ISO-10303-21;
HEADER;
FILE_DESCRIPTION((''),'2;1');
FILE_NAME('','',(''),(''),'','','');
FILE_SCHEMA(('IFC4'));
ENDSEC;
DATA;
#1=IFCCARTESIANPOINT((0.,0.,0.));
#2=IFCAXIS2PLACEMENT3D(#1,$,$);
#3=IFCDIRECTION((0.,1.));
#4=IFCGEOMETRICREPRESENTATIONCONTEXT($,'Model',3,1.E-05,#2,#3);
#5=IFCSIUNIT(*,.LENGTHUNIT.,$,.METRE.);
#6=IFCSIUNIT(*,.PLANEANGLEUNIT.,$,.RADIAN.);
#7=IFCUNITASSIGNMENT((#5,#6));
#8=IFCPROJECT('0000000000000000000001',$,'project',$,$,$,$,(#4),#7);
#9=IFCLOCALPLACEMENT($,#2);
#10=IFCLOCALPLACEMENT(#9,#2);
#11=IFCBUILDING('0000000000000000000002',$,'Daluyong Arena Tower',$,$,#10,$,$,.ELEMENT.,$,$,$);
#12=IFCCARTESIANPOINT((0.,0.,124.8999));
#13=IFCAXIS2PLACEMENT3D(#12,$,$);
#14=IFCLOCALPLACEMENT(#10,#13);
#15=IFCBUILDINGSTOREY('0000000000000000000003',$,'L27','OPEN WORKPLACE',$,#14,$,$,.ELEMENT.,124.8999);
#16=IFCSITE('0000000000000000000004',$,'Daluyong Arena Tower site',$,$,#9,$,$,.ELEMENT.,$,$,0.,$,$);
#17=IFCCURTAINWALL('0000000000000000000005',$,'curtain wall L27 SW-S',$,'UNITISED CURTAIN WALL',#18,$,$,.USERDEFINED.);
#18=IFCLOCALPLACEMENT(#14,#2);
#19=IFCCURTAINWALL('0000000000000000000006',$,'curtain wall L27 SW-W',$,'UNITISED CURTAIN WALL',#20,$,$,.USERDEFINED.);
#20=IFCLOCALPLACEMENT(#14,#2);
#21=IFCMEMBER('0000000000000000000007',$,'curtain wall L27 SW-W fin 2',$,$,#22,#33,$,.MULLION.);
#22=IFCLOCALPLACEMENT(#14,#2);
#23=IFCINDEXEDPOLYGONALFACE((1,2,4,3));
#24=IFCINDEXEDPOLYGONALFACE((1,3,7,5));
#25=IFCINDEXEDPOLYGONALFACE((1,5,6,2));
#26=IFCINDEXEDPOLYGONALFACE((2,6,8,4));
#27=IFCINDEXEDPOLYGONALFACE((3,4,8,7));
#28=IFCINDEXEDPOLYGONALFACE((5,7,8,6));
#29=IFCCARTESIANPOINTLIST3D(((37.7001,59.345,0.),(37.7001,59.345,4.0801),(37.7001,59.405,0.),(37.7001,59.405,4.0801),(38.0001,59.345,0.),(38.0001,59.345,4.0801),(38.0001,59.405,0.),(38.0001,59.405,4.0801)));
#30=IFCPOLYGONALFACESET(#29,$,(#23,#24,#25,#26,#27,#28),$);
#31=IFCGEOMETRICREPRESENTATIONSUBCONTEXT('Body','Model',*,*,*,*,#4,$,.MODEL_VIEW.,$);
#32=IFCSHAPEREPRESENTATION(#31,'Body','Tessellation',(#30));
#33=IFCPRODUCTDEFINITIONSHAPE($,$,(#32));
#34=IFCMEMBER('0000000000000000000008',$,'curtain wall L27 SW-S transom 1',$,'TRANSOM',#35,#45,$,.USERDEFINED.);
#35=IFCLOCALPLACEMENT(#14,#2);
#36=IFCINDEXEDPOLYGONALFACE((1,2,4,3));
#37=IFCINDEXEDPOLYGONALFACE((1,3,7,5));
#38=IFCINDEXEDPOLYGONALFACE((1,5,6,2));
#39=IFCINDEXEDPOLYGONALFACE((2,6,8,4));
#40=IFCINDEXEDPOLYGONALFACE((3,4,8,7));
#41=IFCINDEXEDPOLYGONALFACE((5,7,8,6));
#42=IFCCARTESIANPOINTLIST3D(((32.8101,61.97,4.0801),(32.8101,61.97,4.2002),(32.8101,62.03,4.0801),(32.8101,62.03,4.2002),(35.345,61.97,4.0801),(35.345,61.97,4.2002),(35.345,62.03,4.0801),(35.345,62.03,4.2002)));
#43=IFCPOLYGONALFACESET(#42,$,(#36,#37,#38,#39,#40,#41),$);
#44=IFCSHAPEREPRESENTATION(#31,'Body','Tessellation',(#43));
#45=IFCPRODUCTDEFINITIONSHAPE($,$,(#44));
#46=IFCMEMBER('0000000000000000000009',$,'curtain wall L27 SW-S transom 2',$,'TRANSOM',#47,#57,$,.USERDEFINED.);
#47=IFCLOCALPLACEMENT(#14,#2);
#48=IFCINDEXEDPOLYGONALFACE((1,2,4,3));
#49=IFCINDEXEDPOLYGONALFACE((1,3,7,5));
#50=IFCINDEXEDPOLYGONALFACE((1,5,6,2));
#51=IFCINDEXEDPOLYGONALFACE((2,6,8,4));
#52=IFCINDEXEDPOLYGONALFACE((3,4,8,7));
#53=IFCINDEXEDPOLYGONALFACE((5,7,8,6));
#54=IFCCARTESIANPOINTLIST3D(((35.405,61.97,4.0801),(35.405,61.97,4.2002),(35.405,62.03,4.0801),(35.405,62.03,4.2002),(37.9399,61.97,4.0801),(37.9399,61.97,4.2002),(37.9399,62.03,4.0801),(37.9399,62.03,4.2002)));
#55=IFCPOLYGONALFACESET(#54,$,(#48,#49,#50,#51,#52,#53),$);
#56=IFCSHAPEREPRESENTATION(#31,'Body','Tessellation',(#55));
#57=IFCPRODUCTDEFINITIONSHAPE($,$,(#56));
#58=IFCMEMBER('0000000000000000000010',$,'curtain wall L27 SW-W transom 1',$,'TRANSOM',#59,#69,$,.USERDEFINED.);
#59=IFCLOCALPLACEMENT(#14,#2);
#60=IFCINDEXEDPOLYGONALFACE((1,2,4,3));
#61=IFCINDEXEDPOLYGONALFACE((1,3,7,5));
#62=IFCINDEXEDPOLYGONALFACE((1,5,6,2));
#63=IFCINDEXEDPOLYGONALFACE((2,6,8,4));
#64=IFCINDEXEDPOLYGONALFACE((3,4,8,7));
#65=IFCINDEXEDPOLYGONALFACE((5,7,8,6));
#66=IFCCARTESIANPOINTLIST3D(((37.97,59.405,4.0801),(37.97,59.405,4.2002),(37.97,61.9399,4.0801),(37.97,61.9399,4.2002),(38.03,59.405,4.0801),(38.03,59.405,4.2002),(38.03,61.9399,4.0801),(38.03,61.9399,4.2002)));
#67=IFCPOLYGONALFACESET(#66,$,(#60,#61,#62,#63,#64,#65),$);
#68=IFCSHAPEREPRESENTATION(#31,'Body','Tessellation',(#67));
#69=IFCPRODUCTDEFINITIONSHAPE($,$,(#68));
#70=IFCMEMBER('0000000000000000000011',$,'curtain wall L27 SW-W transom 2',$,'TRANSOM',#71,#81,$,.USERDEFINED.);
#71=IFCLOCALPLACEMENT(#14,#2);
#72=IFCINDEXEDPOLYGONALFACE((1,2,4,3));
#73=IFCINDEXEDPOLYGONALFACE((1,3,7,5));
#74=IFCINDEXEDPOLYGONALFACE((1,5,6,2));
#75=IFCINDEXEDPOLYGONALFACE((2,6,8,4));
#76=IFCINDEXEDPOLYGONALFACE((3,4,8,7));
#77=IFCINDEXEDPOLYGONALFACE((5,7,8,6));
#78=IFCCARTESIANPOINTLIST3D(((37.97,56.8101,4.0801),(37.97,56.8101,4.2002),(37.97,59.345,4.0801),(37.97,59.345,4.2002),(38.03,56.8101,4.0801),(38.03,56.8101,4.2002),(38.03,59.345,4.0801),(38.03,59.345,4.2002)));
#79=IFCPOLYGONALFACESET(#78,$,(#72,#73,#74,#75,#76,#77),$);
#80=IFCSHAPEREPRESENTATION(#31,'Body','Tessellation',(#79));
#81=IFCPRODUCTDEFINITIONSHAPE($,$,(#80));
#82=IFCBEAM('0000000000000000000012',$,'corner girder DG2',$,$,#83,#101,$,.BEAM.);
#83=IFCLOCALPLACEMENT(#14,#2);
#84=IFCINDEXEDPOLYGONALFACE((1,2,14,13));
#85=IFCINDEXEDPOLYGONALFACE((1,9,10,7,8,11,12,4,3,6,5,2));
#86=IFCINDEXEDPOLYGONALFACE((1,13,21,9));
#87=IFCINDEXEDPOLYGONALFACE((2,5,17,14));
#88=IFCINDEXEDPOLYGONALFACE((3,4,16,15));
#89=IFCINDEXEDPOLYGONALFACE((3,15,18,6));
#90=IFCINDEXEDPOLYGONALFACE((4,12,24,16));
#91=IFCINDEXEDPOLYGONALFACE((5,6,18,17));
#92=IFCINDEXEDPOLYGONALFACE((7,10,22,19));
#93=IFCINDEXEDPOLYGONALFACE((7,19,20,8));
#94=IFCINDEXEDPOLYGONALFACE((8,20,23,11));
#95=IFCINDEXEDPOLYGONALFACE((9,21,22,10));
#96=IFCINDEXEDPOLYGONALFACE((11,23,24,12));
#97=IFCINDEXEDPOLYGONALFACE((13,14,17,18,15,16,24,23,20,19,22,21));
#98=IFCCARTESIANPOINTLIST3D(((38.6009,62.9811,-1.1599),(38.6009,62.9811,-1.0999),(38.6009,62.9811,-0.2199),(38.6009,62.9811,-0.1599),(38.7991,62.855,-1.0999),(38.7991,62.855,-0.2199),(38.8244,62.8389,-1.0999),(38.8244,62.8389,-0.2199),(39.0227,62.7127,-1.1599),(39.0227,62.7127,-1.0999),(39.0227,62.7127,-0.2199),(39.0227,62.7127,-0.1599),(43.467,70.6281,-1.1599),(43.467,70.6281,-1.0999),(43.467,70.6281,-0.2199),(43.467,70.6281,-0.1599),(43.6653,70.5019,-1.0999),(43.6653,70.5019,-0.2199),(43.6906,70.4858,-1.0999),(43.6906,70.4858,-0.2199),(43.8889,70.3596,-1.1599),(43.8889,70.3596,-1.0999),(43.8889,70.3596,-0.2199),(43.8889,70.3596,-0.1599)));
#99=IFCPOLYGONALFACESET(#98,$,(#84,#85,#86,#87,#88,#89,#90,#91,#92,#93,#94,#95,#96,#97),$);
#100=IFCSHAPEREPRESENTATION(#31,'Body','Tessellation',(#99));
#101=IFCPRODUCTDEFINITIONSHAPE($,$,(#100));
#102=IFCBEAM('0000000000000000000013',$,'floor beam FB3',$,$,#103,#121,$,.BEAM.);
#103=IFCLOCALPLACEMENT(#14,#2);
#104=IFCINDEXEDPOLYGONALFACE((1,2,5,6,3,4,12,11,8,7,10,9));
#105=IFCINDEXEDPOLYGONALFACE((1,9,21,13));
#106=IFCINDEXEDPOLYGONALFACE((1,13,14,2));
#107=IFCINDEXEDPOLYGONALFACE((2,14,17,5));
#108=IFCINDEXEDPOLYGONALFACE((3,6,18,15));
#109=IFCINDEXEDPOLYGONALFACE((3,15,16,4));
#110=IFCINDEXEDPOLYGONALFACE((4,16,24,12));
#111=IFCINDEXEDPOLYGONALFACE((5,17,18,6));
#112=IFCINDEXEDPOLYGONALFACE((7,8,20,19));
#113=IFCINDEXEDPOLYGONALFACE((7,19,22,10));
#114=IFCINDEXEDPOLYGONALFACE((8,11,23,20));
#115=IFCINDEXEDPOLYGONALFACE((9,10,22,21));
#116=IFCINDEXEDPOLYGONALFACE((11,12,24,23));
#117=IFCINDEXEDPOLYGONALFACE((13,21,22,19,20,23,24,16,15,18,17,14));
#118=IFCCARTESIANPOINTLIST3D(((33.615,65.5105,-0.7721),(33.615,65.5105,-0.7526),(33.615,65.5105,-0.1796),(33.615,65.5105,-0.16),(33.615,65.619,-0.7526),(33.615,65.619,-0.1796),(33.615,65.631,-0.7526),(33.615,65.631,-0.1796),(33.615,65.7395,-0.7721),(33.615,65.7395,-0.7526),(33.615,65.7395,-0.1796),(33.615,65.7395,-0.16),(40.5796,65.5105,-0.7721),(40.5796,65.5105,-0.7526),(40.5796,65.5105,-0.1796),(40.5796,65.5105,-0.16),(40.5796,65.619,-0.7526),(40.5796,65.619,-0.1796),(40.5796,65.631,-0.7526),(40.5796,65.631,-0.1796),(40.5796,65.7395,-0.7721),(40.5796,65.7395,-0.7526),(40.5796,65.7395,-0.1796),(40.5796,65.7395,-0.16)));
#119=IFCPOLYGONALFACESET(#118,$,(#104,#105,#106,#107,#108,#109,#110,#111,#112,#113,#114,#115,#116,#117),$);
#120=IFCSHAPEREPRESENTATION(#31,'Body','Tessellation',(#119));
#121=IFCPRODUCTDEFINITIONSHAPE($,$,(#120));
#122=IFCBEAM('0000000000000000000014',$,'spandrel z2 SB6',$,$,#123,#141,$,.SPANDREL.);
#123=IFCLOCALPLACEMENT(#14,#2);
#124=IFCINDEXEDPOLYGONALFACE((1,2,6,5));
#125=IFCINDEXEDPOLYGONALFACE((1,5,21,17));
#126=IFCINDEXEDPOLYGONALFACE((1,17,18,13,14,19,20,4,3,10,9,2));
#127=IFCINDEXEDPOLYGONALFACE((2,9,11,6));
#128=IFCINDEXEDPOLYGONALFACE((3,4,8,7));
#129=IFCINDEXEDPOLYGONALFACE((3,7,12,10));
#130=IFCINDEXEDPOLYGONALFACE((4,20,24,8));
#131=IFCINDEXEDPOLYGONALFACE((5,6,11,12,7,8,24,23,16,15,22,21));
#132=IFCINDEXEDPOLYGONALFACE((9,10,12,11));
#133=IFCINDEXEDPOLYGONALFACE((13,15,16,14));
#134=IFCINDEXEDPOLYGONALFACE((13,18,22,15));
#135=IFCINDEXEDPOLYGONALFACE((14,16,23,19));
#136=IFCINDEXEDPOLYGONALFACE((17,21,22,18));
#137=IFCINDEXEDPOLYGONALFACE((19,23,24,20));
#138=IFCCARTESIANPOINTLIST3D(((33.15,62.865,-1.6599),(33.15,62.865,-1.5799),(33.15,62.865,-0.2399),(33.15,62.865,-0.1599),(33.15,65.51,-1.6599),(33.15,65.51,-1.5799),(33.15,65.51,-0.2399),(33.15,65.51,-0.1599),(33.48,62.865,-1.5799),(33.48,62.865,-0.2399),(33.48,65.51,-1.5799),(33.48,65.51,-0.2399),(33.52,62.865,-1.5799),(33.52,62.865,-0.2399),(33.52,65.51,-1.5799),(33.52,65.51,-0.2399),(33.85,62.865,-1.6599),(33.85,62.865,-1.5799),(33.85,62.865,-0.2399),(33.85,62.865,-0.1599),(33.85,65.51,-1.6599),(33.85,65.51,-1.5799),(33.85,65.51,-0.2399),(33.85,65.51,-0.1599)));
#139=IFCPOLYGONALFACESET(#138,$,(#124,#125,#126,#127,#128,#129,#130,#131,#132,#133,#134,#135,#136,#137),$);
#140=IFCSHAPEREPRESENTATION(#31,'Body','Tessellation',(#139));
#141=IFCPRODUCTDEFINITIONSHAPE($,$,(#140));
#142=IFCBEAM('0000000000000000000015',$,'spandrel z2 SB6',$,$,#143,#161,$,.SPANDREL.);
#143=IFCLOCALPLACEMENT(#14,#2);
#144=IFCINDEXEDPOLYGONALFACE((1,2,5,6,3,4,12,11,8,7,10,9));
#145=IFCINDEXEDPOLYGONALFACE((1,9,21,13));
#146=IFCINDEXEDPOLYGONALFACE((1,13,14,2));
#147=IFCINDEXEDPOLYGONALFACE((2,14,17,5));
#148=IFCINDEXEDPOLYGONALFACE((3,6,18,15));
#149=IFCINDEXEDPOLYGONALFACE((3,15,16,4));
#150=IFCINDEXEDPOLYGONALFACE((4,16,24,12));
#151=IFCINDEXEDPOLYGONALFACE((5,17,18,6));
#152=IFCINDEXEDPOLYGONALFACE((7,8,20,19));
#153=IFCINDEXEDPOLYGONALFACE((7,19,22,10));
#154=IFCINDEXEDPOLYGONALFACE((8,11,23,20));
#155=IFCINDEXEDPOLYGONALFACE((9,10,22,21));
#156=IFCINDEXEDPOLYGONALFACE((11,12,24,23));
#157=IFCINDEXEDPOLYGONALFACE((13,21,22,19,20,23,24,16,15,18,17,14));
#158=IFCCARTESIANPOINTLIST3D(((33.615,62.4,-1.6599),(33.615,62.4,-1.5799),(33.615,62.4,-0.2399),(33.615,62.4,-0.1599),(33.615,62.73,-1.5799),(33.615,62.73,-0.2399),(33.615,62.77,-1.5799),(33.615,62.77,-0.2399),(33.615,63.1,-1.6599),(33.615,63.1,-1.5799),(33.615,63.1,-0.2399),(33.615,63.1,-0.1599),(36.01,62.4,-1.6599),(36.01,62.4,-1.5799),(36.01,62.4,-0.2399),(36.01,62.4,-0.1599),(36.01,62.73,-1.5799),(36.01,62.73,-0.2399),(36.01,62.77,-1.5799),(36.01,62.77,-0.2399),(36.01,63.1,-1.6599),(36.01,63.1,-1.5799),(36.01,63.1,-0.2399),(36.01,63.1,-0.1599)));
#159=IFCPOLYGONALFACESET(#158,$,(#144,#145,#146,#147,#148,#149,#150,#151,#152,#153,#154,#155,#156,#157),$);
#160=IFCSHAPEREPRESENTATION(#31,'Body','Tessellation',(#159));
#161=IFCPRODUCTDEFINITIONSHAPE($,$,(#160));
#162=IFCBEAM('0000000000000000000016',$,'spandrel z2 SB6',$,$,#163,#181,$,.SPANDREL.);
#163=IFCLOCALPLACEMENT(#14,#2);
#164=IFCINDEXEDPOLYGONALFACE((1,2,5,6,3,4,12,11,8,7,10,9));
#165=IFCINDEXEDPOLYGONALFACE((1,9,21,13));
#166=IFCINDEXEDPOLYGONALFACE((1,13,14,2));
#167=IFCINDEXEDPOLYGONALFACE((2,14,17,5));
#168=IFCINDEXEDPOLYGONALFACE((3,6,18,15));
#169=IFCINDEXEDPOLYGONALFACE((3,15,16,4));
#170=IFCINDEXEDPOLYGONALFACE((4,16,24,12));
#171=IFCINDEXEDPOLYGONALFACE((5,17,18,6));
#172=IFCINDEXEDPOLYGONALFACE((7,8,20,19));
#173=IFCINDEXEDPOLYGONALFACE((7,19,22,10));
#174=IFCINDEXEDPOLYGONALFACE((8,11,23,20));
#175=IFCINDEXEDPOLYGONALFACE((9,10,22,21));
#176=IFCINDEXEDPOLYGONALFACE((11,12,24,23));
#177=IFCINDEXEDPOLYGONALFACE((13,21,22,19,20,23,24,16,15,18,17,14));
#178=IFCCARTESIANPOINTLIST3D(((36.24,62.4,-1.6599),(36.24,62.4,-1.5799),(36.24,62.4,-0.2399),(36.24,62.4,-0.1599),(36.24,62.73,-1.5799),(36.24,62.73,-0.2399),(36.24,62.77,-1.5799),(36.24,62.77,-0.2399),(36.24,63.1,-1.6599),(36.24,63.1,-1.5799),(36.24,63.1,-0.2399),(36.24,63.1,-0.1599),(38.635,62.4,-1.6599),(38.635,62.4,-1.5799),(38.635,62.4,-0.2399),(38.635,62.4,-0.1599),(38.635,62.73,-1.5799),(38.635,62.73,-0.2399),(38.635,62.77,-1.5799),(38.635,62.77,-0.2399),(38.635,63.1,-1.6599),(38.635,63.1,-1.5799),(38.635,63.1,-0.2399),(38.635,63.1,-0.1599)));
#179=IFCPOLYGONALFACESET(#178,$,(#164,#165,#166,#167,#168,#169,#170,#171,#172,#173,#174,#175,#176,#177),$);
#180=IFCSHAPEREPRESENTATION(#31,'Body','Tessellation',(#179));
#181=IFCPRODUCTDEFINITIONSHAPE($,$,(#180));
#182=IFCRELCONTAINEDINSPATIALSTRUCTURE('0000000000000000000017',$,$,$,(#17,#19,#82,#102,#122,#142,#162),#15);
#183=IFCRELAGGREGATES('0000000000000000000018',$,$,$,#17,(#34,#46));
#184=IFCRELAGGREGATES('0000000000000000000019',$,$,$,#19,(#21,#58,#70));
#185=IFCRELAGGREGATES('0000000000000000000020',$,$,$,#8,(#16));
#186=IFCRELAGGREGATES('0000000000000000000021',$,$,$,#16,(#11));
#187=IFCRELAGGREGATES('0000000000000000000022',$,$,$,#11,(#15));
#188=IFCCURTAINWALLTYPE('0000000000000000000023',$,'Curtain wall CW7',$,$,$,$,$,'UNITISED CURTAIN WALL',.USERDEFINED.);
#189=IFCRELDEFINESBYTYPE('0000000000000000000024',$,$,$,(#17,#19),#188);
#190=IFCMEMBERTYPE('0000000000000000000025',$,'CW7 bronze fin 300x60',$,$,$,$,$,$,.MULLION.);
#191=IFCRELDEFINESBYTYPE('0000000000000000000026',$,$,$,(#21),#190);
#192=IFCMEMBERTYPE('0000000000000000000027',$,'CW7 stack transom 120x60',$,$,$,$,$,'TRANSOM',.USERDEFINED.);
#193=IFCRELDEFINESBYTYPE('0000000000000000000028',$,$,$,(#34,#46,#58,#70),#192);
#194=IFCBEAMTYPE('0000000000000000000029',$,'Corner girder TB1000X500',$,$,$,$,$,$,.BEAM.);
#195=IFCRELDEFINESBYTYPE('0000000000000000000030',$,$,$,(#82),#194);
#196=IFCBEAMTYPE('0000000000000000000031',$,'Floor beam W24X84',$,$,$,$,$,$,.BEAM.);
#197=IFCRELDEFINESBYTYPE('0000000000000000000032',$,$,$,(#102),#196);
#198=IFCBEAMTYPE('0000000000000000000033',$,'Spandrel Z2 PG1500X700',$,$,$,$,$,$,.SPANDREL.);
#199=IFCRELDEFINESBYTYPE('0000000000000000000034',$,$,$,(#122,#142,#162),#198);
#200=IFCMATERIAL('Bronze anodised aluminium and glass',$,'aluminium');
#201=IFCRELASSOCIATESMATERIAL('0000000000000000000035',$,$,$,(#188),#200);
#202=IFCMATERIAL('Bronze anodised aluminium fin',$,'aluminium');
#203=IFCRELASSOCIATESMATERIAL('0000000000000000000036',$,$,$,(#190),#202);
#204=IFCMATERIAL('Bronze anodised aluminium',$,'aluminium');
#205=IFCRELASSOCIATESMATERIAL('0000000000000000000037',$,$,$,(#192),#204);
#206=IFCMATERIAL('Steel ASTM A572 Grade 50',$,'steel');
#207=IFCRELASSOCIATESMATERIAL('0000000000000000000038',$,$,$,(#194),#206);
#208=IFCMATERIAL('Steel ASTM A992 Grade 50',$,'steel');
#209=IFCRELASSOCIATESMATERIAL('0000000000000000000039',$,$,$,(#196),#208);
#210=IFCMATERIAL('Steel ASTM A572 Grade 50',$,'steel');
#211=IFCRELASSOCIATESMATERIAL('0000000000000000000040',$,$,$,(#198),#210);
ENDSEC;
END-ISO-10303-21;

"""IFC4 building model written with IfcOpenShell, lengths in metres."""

from ifc_helpers import new_model, si_unit, direction, frame, origin, origin_2d, place, context, subcontext, project, spatial, rectangle, i_section, extrude, material, material_profile, profile_set, type_object, element, aggregate, save


model = new_model("IFC4")

# Units and contexts
model_context = context("Model", 3, precision=1e-05, world=origin(), true_north=direction((0.0, 1.0)))
body_context = subcontext(model_context, "Body", "Model", "MODEL_VIEW")
ifc_project = project(units=[si_unit("LENGTHUNIT", "METRE"), si_unit("PLANEANGLEUNIT", "RADIAN")], contexts=[model_context])

# Site, building, storey
site_placement = place(None, origin())
site = spatial("IfcSite", under=ifc_project, at=site_placement, Name="Daluyong Arena Tower site", CompositionType="ELEMENT", RefElevation=0.0)
building_placement = place(site_placement, origin())
building = spatial("IfcBuilding", under=site, at=building_placement, Name="Daluyong Arena Tower", CompositionType="ELEMENT")
storey_placement = place(building_placement, frame((0.0, 0.0, 124.8999)))
storey = spatial("IfcBuildingStorey", under=building, at=storey_placement, Name="L27", Description="OPEN WORKPLACE", CompositionType="ELEMENT", Elevation=124.8999)

# Curtain walls, member
ifc_material_1 = material(Name="Bronze anodised aluminium and glass", Category="aluminium")
curtain_wall_type_1 = type_object("IfcCurtainWallType", Name="Curtain wall CW7", ElementType="UNITISED CURTAIN WALL", PredefinedType="USERDEFINED", material=ifc_material_1)
curtain_wall_1_placement = place(storey_placement, origin())
curtain_wall_1 = element("IfcCurtainWall", 1, at=curtain_wall_1_placement, inside=storey, type_object=curtain_wall_type_1, Name="curtain wall L27 SW-S", ObjectType="UNITISED CURTAIN WALL", PredefinedType="USERDEFINED")
ifc_material_2 = material(Name="Bronze anodised aluminium fin", Category="aluminium")
ifc_material_profile_1 = material_profile(ifc_material_2, rectangle(XDim=0.3, YDim=0.0601, at=origin_2d()))
ifc_profile_set_1 = profile_set([ifc_material_profile_1], Name="Bronze anodised aluminium fin")
member_type_1 = type_object("IfcMemberType", Name="CW7 bronze fin 300x60", PredefinedType="MULLION", material=ifc_profile_set_1)
curtain_wall_2_placement = place(storey_placement, origin())
curtain_wall_2 = element("IfcCurtainWall", 2, at=curtain_wall_2_placement, inside=storey, type_object=curtain_wall_type_1, Name="curtain wall L27 SW-W", ObjectType="UNITISED CURTAIN WALL", PredefinedType="USERDEFINED")
member_1_placement = place(storey_placement, frame((37.8501, 59.375, 0.0), z_axis=(0.0, 0.0, 1.0), x_axis=(1.0, 0.0, 0.0)))
member_1 = element("IfcMember", 3, at=member_1_placement, type_object=member_type_1, Name="curtain wall L27 SW-W fin 2", PredefinedType="MULLION", context=body_context, shape_type="SweptSolid", body=[
    extrude(rectangle(XDim=0.3, YDim=0.0601, at=origin_2d()), origin(), (0.0, 0.0, 1.0), 4.0801),
])

# Members
ifc_material_3 = material(Name="Bronze anodised aluminium", Category="aluminium")
ifc_material_profile_2 = material_profile(ifc_material_3, rectangle(XDim=0.0601, YDim=0.1201, at=origin_2d()))
ifc_profile_set_2 = profile_set([ifc_material_profile_2], Name="Bronze anodised aluminium")
member_type_2 = type_object("IfcMemberType", Name="CW7 stack transom 120x60", ElementType="TRANSOM", PredefinedType="USERDEFINED", material=ifc_profile_set_2)
member_2_placement = place(storey_placement, frame((32.8101, 62.0, 4.1401), z_axis=(1.0, 0.0, 0.0), x_axis=(0.0, 1.0, 0.0)))
member_2 = element("IfcMember", 4, at=member_2_placement, type_object=member_type_2, Name="curtain wall L27 SW-S transom 1", ObjectType="TRANSOM", PredefinedType="USERDEFINED", context=body_context, shape_type="SweptSolid", body=[
    extrude(rectangle(XDim=0.0601, YDim=0.1201, at=origin_2d()), origin(), (0.0, 0.0, 1.0), 2.5349),
])
member_3_placement = place(storey_placement, frame((35.405, 62.0, 4.1401), z_axis=(1.0, 0.0, 0.0), x_axis=(0.0, 1.0, 0.0)))
member_3 = element("IfcMember", 5, at=member_3_placement, type_object=member_type_2, Name="curtain wall L27 SW-S transom 2", ObjectType="TRANSOM", PredefinedType="USERDEFINED", context=body_context, shape_type="SweptSolid", body=[
    extrude(rectangle(XDim=0.0601, YDim=0.1201, at=origin_2d()), origin(), (0.0, 0.0, 1.0), 2.5349),
])
member_4_placement = place(storey_placement, frame((38.0, 61.9399, 4.1401), z_axis=(0.0, -1.0, 0.0), x_axis=(1.0, 0.0, 0.0)))
member_4 = element("IfcMember", 6, at=member_4_placement, type_object=member_type_2, Name="curtain wall L27 SW-W transom 1", ObjectType="TRANSOM", PredefinedType="USERDEFINED", context=body_context, shape_type="SweptSolid", body=[
    extrude(rectangle(XDim=0.0601, YDim=0.1201, at=origin_2d()), origin(), (0.0, 0.0, 1.0), 2.5349),
])
member_5_placement = place(storey_placement, frame((38.0, 59.345, 4.1401), z_axis=(0.0, -1.0, 0.0), x_axis=(1.0, 0.0, 0.0)))
member_5 = element("IfcMember", 7, at=member_5_placement, type_object=member_type_2, Name="curtain wall L27 SW-W transom 2", ObjectType="TRANSOM", PredefinedType="USERDEFINED", context=body_context, shape_type="SweptSolid", body=[
    extrude(rectangle(XDim=0.0601, YDim=0.1201, at=origin_2d()), origin(), (0.0, 0.0, 1.0), 2.5349),
])

# Beams
ifc_material_4 = material(Name="Steel ASTM A572 Grade 50", Category="steel")
ifc_material_profile_3 = material_profile(ifc_material_4, i_section(OverallWidth=0.5, OverallDepth=1.0, WebThickness=0.03, FlangeThickness=0.06, at=origin_2d()))
ifc_profile_set_3 = profile_set([ifc_material_profile_3], Name="Steel ASTM A572 Grade 50")
beam_type_1 = type_object("IfcBeamType", Name="Corner girder TB1000X500", PredefinedType="BEAM", material=ifc_profile_set_3)
beam_1_placement = place(storey_placement, frame((38.8118, 62.8469, -0.6599), z_axis=(0.536872, 0.843664, 0.0), x_axis=(-0.843664, 0.536872, 0.0)))
element("IfcBeam", 8, at=beam_1_placement, inside=storey, type_object=beam_type_1, Name="corner girder DG2", PredefinedType="BEAM", context=body_context, shape_type="SweptSolid", body=[
    extrude(i_section(OverallWidth=0.5, OverallDepth=1.0, WebThickness=0.03, FlangeThickness=0.06, at=origin_2d()), origin(), (0.0, 0.0, 1.0), 9.064),
])
ifc_material_5 = material(Name="Steel ASTM A992 Grade 50", Category="steel")
ifc_material_profile_4 = material_profile(ifc_material_5, i_section(OverallWidth=0.229, OverallDepth=0.6121, WebThickness=0.012, FlangeThickness=0.0195, at=origin_2d()))
ifc_profile_set_4 = profile_set([ifc_material_profile_4], Name="Steel ASTM A992 Grade 50")
beam_type_2 = type_object("IfcBeamType", Name="Floor beam W24X84", PredefinedType="BEAM", material=ifc_profile_set_4)
beam_2_placement = place(storey_placement, frame((33.615, 65.625, -0.4661), z_axis=(1.0, 0.0, 0.0), x_axis=(0.0, 1.0, 0.0)))
element("IfcBeam", 9, at=beam_2_placement, inside=storey, type_object=beam_type_2, Name="floor beam FB3", PredefinedType="BEAM", context=body_context, shape_type="SweptSolid", body=[
    extrude(i_section(OverallWidth=0.229, OverallDepth=0.6121, WebThickness=0.012, FlangeThickness=0.0195, at=origin_2d()), origin(), (0.0, 0.0, 1.0), 6.9646),
])
ifc_material_6 = material(Name="Steel ASTM A572 Grade 50", Category="steel")
ifc_material_profile_5 = material_profile(ifc_material_6, i_section(OverallWidth=0.7, OverallDepth=1.5, WebThickness=0.04, FlangeThickness=0.08, at=origin_2d()))
ifc_profile_set_5 = profile_set([ifc_material_profile_5], Name="Steel ASTM A572 Grade 50")
beam_type_3 = type_object("IfcBeamType", Name="Spandrel Z2 PG1500X700", PredefinedType="SPANDREL", material=ifc_profile_set_5)
beam_3_placement = place(storey_placement, frame((33.5, 65.51, -0.9099), z_axis=(0.0, -1.0, 0.0), x_axis=(1.0, 0.0, 0.0)))
element("IfcBeam", 10, at=beam_3_placement, inside=storey, type_object=beam_type_3, Name="spandrel z2 SB6", PredefinedType="SPANDREL", context=body_context, shape_type="SweptSolid", body=[
    extrude(i_section(OverallWidth=0.7, OverallDepth=1.5, WebThickness=0.04, FlangeThickness=0.08, at=origin_2d()), origin(), (0.0, 0.0, 1.0), 2.645),
])
for number, where, z_axis, x_axis, name in (
    (11, (33.615, 62.75, -0.9099), (1.0, 0.0, 0.0), (0.0, 1.0, 0.0), "spandrel z2 SB6"),
    (12, (36.24, 62.75, -0.9099), (1.0, 0.0, 0.0), (0.0, 1.0, 0.0), "spandrel z2 SB6"),
):
    element("IfcBeam", number, at=place(storey_placement, frame(where, z_axis=z_axis, x_axis=x_axis)), inside=storey, type_object=beam_type_3, Name=name, PredefinedType="SPANDREL", context=body_context, shape_type="SweptSolid", body=[
        extrude(i_section(OverallWidth=0.7, OverallDepth=1.5, WebThickness=0.04, FlangeThickness=0.08, at=origin_2d()), origin(), (0.0, 0.0, 1.0), 2.395),
    ])

aggregate(curtain_wall_1, [member_2, member_3])
aggregate(curtain_wall_2, [member_1, member_4, member_5])

save(model, "model.ifc")
